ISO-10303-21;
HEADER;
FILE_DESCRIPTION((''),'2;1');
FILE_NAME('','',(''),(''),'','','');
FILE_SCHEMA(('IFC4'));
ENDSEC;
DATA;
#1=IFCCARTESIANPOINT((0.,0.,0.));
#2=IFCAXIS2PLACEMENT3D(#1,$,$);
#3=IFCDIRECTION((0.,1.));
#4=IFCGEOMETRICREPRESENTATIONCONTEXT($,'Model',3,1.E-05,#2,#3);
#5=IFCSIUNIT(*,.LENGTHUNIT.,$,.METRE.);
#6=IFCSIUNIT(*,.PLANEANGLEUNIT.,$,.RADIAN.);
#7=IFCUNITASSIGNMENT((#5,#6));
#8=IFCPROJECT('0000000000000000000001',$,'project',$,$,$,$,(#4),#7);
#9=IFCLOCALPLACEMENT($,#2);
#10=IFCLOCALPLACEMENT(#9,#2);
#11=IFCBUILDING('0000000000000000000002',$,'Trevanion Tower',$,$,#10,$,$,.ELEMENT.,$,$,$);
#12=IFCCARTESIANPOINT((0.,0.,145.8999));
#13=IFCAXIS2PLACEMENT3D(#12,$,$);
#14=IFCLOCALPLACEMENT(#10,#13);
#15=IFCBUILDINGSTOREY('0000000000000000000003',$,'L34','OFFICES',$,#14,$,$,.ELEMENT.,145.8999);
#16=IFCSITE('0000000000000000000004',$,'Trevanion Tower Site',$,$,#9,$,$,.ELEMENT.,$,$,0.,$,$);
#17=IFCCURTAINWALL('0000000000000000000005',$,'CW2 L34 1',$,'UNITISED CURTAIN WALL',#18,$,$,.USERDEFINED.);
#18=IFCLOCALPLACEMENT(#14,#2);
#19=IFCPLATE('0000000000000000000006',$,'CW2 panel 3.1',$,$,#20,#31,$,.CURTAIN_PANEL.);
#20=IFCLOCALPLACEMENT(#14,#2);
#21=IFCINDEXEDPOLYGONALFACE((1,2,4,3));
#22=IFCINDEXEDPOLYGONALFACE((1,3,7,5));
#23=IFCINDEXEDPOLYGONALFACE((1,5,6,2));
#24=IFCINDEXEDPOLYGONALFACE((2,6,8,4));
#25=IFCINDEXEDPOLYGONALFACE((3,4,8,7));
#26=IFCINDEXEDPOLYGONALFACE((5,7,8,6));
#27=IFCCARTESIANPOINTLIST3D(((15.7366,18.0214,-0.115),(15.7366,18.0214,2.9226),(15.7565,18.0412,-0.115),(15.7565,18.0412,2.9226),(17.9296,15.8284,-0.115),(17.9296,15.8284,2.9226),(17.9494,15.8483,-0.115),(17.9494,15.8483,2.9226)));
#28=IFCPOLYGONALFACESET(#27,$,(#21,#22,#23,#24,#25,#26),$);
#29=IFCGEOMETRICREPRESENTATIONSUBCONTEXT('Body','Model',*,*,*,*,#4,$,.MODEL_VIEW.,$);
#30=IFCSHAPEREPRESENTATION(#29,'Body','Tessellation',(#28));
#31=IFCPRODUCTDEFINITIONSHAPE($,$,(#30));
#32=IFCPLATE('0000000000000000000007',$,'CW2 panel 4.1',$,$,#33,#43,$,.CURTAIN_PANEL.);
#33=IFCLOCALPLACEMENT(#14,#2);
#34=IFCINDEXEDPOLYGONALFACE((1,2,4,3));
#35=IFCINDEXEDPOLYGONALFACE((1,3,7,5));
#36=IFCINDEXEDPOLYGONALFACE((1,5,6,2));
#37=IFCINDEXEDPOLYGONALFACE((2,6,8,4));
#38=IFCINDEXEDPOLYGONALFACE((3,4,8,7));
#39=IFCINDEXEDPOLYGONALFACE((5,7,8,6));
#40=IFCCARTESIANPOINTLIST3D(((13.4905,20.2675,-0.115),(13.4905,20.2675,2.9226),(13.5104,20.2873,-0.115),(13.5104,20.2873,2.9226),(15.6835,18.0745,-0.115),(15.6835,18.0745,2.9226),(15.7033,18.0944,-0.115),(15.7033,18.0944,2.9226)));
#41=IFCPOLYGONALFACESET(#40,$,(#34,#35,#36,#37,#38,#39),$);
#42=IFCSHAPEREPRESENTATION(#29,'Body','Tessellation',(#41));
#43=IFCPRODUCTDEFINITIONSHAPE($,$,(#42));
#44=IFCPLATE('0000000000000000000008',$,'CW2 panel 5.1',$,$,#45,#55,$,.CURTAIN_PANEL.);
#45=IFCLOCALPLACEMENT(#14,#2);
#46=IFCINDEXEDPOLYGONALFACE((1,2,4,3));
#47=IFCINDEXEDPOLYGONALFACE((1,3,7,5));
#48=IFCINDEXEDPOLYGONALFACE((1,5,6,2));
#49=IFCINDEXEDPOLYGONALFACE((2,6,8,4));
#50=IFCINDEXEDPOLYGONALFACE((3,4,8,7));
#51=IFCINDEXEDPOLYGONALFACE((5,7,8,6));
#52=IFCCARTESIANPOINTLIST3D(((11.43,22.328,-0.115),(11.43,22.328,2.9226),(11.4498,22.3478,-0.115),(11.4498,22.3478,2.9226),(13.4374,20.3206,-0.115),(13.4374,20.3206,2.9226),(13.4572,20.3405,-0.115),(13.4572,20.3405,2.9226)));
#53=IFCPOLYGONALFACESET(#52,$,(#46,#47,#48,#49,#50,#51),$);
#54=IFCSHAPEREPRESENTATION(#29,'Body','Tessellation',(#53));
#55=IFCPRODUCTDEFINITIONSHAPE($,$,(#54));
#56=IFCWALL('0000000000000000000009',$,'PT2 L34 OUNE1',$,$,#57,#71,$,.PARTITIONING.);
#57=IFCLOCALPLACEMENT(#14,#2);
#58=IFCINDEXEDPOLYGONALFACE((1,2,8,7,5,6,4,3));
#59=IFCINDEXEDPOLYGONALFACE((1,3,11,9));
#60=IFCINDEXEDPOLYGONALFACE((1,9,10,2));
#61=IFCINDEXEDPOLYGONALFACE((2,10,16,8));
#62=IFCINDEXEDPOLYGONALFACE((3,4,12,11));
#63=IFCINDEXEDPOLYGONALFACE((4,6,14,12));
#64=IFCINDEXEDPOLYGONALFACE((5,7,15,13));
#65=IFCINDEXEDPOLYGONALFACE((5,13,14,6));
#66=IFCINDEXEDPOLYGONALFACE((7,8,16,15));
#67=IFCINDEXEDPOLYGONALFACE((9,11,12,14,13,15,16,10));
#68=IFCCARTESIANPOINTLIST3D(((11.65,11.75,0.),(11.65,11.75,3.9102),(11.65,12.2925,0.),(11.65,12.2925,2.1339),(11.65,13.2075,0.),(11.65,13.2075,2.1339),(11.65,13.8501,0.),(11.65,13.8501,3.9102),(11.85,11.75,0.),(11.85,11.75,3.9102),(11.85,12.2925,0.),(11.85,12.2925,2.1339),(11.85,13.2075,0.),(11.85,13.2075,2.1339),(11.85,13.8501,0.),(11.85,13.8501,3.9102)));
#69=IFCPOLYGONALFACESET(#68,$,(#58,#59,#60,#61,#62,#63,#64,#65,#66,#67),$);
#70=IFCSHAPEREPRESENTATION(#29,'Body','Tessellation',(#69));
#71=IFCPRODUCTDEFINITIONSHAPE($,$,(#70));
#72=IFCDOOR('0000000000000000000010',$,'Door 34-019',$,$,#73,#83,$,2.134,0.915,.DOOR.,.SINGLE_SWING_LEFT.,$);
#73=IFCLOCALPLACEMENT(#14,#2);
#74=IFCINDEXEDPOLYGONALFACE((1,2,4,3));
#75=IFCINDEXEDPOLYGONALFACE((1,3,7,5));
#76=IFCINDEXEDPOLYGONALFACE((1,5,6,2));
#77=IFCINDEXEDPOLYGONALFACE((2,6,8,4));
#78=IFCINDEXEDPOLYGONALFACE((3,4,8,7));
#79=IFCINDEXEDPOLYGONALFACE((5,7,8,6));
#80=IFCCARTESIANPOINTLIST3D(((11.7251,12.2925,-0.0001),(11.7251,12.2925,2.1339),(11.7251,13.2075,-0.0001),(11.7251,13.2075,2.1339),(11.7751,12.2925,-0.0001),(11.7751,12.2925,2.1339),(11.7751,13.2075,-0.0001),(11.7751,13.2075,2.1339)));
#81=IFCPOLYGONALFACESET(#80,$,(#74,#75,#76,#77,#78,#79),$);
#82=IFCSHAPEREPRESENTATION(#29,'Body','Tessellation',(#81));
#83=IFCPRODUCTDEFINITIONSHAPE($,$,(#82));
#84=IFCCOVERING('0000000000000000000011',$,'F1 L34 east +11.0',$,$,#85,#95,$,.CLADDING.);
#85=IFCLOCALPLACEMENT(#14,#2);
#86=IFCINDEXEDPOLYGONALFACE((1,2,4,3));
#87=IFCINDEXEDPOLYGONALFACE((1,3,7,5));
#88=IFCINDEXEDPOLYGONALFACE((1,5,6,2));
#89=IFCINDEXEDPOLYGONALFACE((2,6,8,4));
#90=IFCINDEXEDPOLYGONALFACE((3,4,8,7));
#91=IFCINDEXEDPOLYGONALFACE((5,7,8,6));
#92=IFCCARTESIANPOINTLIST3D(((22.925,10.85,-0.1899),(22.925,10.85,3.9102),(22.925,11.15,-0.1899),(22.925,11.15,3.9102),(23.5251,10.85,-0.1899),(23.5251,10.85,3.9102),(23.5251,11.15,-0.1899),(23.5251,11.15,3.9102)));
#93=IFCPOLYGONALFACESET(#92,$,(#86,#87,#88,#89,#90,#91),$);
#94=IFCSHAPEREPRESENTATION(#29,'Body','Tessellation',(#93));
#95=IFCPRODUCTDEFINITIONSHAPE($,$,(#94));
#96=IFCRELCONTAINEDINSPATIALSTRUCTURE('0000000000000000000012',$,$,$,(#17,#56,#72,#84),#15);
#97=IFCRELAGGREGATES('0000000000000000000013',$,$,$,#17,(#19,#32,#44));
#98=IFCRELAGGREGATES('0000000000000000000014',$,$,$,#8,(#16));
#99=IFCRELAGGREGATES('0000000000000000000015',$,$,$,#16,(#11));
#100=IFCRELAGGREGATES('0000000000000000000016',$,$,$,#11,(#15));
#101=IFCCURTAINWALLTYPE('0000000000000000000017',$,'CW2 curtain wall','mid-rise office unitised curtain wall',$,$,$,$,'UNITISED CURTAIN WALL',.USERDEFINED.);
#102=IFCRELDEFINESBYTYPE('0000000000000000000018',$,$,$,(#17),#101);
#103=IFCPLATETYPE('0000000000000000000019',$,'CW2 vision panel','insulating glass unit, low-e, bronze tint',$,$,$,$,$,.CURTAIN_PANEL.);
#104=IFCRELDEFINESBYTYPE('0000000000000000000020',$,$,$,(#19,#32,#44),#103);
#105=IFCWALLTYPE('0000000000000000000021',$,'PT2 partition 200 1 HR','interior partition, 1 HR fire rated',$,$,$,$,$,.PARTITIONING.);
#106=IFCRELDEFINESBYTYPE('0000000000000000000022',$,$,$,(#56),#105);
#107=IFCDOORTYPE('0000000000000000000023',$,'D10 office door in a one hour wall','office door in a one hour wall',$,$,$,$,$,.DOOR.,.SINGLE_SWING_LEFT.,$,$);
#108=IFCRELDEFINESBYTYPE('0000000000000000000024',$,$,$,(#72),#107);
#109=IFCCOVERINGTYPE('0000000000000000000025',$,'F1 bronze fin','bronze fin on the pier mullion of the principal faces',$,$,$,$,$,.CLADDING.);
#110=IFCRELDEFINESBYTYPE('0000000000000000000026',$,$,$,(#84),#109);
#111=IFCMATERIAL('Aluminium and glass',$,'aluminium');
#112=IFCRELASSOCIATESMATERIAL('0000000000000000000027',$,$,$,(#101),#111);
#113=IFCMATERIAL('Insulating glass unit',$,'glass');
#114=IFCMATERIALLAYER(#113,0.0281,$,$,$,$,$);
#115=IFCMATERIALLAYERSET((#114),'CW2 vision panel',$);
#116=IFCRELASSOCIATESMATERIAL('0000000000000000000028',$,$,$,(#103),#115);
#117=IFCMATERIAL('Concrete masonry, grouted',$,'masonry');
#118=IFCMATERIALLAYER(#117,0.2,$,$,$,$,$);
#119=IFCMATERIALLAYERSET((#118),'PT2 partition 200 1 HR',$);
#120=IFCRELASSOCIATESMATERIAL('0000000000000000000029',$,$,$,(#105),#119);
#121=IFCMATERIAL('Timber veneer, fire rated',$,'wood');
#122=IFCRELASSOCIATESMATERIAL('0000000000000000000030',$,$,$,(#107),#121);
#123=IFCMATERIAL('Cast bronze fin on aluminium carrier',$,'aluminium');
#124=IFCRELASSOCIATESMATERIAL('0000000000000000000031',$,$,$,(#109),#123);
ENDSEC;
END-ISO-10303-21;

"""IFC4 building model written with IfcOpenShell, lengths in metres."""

from ifc_helpers import new_model, si_unit, direction, frame, frame_2d, origin, origin_2d, place, context, subcontext, project, spatial, rectangle, extrude, material, layer, layer_set, type_object, element, fill, aggregate, save


model = new_model("IFC4")

# Units and contexts
model_context = context("Model", 3, precision=1e-05, world=origin(), true_north=direction((0.0, 1.0)))
body_context = subcontext(model_context, "Body", "Model", "MODEL_VIEW")
ifc_project = project(units=[si_unit("LENGTHUNIT", "METRE"), si_unit("PLANEANGLEUNIT", "RADIAN")], contexts=[model_context])

# Site, building, storey
site_placement = place(None, origin())
site = spatial("IfcSite", under=ifc_project, at=site_placement, Name="Trevanion Tower Site", CompositionType="ELEMENT", RefElevation=0.0)
building_placement = place(site_placement, origin())
building = spatial("IfcBuilding", under=site, at=building_placement, Name="Trevanion Tower", CompositionType="ELEMENT")
storey_placement = place(building_placement, frame((0.0, 0.0, 145.8999)))
storey = spatial("IfcBuildingStorey", under=building, at=storey_placement, Name="L34", Description="OFFICES", CompositionType="ELEMENT", Elevation=145.8999)

# Curtain wall
ifc_material_1 = material(Name="Aluminium and glass", Category="aluminium")
curtain_wall_type = type_object("IfcCurtainWallType", Name="CW2 curtain wall", Description="mid-rise office unitised curtain wall", ElementType="UNITISED CURTAIN WALL", PredefinedType="USERDEFINED", material=ifc_material_1)
curtain_wall_1_placement = place(storey_placement, origin())
curtain_wall_1 = element("IfcCurtainWall", 1, at=curtain_wall_1_placement, inside=storey, type_object=curtain_wall_type, Name="CW2 L34 1", ObjectType="UNITISED CURTAIN WALL", PredefinedType="USERDEFINED")

# Plates
ifc_material_2 = material(Name="Insulating glass unit", Category="glass")
ifc_layer_1 = layer(ifc_material_2, 0.0281)
ifc_layer_set_1 = layer_set([ifc_layer_1], Name="CW2 vision panel")
plate_type_1 = type_object("IfcPlateType", Name="CW2 vision panel", Description="insulating glass unit, low-e, bronze tint", PredefinedType="CURTAIN_PANEL", material=ifc_layer_set_1)
plate_1_placement = place(storey_placement, frame((16.843, 16.9348, -0.115), z_axis=(0.0, 0.0, 1.0), x_axis=(-0.707107, 0.707107, 0.0)))
plate_1 = element("IfcPlate", 2, at=plate_1_placement, type_object=plate_type_1, Name="CW2 panel 3.1", PredefinedType="CURTAIN_PANEL", context=body_context, shape_type="SweptSolid", body=[
    extrude(rectangle(XDim=3.1013, YDim=0.0281, at=origin_2d()), origin(), (0.0, 0.0, 1.0), 3.0376),
])
plate_2_placement = place(storey_placement, frame((14.5969, 19.1809, -0.115), z_axis=(0.0, 0.0, 1.0), x_axis=(-0.707107, 0.707107, 0.0)))
plate_2 = element("IfcPlate", 3, at=plate_2_placement, type_object=plate_type_1, Name="CW2 panel 4.1", PredefinedType="CURTAIN_PANEL", context=body_context, shape_type="SweptSolid", body=[
    extrude(rectangle(XDim=3.1013, YDim=0.0281, at=origin_2d()), origin(), (0.0, 0.0, 1.0), 3.0376),
])
plate_3_placement = place(storey_placement, frame((12.4436, 21.3342, -0.115), z_axis=(0.0, 0.0, 1.0), x_axis=(-0.707107, 0.707107, 0.0)))
plate_3 = element("IfcPlate", 4, at=plate_3_placement, type_object=plate_type_1, Name="CW2 panel 5.1", PredefinedType="CURTAIN_PANEL", context=body_context, shape_type="SweptSolid", body=[
    extrude(rectangle(XDim=2.8389, YDim=0.0281, at=origin_2d()), origin(), (0.0, 0.0, 1.0), 3.0376),
])
aggregate(curtain_wall_1, [plate_1, plate_2, plate_3])

# Wall, opening, door
ifc_material_3 = material(Name="Concrete masonry, grouted", Category="masonry")
ifc_layer_2 = layer(ifc_material_3, 0.2)
ifc_layer_set_2 = layer_set([ifc_layer_2], Name="PT2 partition 200 1 HR")
wall_type = type_object("IfcWallType", Name="PT2 partition 200 1 HR", Description="interior partition, 1 HR fire rated", PredefinedType="PARTITIONING", material=ifc_layer_set_2)
wall_placement = place(storey_placement, frame((11.75, 11.75, 0.0), z_axis=(0.0, 0.0, 1.0), x_axis=(0.0, 1.0, 0.0)))
wall = element("IfcWall", 5, at=wall_placement, inside=storey, type_object=wall_type, Name="PT2 L34 OUNE1", PredefinedType="PARTITIONING", context=body_context, shape_type="SweptSolid", body=[
    extrude(rectangle(XDim=2.1001, YDim=0.2, at=frame_2d((1.05, 0.0))), origin(), (0.0, 0.0, 1.0), 3.9102),
])
opening_placement = place(wall_placement, frame((0.5425, 0.0, 0.0)))
opening = element("IfcOpeningElement", 6, at=opening_placement, cuts=wall, PredefinedType="OPENING", context=body_context, shape_type="SweptSolid", body=[
    extrude(rectangle(XDim=0.915, YDim=2.134, at=frame_2d((0.4575, 1.0669))), frame((0.0, 0.1099, 0.0), z_axis=(0.0, -1.0, 0.0), x_axis=(1.0, 0.0, 0.0)), (0.0, 0.0, 1.0), 0.22),
])
ifc_material_4 = material(Name="Timber veneer, fire rated", Category="wood")
door_type = type_object("IfcDoorType", Name="D10 office door in a one hour wall", Description="office door in a one hour wall", OperationType="SINGLE_SWING_LEFT", PredefinedType="DOOR", material=ifc_material_4)
door_placement = place(opening_placement, origin())
door = element("IfcDoor", 7, at=door_placement, inside=storey, type_object=door_type, Name="Door 34-019", OperationType="SINGLE_SWING_LEFT", OverallHeight=2.134, OverallWidth=0.915, PredefinedType="DOOR", context=body_context, shape_type="SweptSolid", body=[
    extrude(rectangle(XDim=0.915, YDim=2.134, at=frame_2d((0.4575, 1.0669))), frame((0.0, 0.0249, 0.0), z_axis=(0.0, -1.0, 0.0), x_axis=(1.0, 0.0, 0.0)), (0.0, 0.0, 1.0), 0.05),
])
fill(opening, door)

# Covering
ifc_material_5 = material(Name="Cast bronze fin on aluminium carrier", Category="aluminium")
covering_type = type_object("IfcCoveringType", Name="F1 bronze fin", Description="bronze fin on the pier mullion of the principal faces", PredefinedType="CLADDING", material=ifc_material_5)
covering_placement = place(storey_placement, frame((23.2251, 11.0, -0.1899), z_axis=(0.0, 0.0, 1.0), x_axis=(0.0, 1.0, 0.0)))
element("IfcCovering", 8, at=covering_placement, inside=storey, type_object=covering_type, Name="F1 L34 east +11.0", PredefinedType="CLADDING", context=body_context, shape_type="SweptSolid", body=[
    extrude(rectangle(XDim=0.3, YDim=0.6001, at=origin_2d()), origin(), (0.0, 0.0, 1.0), 4.1001),
])

save(model, "model.ifc")
